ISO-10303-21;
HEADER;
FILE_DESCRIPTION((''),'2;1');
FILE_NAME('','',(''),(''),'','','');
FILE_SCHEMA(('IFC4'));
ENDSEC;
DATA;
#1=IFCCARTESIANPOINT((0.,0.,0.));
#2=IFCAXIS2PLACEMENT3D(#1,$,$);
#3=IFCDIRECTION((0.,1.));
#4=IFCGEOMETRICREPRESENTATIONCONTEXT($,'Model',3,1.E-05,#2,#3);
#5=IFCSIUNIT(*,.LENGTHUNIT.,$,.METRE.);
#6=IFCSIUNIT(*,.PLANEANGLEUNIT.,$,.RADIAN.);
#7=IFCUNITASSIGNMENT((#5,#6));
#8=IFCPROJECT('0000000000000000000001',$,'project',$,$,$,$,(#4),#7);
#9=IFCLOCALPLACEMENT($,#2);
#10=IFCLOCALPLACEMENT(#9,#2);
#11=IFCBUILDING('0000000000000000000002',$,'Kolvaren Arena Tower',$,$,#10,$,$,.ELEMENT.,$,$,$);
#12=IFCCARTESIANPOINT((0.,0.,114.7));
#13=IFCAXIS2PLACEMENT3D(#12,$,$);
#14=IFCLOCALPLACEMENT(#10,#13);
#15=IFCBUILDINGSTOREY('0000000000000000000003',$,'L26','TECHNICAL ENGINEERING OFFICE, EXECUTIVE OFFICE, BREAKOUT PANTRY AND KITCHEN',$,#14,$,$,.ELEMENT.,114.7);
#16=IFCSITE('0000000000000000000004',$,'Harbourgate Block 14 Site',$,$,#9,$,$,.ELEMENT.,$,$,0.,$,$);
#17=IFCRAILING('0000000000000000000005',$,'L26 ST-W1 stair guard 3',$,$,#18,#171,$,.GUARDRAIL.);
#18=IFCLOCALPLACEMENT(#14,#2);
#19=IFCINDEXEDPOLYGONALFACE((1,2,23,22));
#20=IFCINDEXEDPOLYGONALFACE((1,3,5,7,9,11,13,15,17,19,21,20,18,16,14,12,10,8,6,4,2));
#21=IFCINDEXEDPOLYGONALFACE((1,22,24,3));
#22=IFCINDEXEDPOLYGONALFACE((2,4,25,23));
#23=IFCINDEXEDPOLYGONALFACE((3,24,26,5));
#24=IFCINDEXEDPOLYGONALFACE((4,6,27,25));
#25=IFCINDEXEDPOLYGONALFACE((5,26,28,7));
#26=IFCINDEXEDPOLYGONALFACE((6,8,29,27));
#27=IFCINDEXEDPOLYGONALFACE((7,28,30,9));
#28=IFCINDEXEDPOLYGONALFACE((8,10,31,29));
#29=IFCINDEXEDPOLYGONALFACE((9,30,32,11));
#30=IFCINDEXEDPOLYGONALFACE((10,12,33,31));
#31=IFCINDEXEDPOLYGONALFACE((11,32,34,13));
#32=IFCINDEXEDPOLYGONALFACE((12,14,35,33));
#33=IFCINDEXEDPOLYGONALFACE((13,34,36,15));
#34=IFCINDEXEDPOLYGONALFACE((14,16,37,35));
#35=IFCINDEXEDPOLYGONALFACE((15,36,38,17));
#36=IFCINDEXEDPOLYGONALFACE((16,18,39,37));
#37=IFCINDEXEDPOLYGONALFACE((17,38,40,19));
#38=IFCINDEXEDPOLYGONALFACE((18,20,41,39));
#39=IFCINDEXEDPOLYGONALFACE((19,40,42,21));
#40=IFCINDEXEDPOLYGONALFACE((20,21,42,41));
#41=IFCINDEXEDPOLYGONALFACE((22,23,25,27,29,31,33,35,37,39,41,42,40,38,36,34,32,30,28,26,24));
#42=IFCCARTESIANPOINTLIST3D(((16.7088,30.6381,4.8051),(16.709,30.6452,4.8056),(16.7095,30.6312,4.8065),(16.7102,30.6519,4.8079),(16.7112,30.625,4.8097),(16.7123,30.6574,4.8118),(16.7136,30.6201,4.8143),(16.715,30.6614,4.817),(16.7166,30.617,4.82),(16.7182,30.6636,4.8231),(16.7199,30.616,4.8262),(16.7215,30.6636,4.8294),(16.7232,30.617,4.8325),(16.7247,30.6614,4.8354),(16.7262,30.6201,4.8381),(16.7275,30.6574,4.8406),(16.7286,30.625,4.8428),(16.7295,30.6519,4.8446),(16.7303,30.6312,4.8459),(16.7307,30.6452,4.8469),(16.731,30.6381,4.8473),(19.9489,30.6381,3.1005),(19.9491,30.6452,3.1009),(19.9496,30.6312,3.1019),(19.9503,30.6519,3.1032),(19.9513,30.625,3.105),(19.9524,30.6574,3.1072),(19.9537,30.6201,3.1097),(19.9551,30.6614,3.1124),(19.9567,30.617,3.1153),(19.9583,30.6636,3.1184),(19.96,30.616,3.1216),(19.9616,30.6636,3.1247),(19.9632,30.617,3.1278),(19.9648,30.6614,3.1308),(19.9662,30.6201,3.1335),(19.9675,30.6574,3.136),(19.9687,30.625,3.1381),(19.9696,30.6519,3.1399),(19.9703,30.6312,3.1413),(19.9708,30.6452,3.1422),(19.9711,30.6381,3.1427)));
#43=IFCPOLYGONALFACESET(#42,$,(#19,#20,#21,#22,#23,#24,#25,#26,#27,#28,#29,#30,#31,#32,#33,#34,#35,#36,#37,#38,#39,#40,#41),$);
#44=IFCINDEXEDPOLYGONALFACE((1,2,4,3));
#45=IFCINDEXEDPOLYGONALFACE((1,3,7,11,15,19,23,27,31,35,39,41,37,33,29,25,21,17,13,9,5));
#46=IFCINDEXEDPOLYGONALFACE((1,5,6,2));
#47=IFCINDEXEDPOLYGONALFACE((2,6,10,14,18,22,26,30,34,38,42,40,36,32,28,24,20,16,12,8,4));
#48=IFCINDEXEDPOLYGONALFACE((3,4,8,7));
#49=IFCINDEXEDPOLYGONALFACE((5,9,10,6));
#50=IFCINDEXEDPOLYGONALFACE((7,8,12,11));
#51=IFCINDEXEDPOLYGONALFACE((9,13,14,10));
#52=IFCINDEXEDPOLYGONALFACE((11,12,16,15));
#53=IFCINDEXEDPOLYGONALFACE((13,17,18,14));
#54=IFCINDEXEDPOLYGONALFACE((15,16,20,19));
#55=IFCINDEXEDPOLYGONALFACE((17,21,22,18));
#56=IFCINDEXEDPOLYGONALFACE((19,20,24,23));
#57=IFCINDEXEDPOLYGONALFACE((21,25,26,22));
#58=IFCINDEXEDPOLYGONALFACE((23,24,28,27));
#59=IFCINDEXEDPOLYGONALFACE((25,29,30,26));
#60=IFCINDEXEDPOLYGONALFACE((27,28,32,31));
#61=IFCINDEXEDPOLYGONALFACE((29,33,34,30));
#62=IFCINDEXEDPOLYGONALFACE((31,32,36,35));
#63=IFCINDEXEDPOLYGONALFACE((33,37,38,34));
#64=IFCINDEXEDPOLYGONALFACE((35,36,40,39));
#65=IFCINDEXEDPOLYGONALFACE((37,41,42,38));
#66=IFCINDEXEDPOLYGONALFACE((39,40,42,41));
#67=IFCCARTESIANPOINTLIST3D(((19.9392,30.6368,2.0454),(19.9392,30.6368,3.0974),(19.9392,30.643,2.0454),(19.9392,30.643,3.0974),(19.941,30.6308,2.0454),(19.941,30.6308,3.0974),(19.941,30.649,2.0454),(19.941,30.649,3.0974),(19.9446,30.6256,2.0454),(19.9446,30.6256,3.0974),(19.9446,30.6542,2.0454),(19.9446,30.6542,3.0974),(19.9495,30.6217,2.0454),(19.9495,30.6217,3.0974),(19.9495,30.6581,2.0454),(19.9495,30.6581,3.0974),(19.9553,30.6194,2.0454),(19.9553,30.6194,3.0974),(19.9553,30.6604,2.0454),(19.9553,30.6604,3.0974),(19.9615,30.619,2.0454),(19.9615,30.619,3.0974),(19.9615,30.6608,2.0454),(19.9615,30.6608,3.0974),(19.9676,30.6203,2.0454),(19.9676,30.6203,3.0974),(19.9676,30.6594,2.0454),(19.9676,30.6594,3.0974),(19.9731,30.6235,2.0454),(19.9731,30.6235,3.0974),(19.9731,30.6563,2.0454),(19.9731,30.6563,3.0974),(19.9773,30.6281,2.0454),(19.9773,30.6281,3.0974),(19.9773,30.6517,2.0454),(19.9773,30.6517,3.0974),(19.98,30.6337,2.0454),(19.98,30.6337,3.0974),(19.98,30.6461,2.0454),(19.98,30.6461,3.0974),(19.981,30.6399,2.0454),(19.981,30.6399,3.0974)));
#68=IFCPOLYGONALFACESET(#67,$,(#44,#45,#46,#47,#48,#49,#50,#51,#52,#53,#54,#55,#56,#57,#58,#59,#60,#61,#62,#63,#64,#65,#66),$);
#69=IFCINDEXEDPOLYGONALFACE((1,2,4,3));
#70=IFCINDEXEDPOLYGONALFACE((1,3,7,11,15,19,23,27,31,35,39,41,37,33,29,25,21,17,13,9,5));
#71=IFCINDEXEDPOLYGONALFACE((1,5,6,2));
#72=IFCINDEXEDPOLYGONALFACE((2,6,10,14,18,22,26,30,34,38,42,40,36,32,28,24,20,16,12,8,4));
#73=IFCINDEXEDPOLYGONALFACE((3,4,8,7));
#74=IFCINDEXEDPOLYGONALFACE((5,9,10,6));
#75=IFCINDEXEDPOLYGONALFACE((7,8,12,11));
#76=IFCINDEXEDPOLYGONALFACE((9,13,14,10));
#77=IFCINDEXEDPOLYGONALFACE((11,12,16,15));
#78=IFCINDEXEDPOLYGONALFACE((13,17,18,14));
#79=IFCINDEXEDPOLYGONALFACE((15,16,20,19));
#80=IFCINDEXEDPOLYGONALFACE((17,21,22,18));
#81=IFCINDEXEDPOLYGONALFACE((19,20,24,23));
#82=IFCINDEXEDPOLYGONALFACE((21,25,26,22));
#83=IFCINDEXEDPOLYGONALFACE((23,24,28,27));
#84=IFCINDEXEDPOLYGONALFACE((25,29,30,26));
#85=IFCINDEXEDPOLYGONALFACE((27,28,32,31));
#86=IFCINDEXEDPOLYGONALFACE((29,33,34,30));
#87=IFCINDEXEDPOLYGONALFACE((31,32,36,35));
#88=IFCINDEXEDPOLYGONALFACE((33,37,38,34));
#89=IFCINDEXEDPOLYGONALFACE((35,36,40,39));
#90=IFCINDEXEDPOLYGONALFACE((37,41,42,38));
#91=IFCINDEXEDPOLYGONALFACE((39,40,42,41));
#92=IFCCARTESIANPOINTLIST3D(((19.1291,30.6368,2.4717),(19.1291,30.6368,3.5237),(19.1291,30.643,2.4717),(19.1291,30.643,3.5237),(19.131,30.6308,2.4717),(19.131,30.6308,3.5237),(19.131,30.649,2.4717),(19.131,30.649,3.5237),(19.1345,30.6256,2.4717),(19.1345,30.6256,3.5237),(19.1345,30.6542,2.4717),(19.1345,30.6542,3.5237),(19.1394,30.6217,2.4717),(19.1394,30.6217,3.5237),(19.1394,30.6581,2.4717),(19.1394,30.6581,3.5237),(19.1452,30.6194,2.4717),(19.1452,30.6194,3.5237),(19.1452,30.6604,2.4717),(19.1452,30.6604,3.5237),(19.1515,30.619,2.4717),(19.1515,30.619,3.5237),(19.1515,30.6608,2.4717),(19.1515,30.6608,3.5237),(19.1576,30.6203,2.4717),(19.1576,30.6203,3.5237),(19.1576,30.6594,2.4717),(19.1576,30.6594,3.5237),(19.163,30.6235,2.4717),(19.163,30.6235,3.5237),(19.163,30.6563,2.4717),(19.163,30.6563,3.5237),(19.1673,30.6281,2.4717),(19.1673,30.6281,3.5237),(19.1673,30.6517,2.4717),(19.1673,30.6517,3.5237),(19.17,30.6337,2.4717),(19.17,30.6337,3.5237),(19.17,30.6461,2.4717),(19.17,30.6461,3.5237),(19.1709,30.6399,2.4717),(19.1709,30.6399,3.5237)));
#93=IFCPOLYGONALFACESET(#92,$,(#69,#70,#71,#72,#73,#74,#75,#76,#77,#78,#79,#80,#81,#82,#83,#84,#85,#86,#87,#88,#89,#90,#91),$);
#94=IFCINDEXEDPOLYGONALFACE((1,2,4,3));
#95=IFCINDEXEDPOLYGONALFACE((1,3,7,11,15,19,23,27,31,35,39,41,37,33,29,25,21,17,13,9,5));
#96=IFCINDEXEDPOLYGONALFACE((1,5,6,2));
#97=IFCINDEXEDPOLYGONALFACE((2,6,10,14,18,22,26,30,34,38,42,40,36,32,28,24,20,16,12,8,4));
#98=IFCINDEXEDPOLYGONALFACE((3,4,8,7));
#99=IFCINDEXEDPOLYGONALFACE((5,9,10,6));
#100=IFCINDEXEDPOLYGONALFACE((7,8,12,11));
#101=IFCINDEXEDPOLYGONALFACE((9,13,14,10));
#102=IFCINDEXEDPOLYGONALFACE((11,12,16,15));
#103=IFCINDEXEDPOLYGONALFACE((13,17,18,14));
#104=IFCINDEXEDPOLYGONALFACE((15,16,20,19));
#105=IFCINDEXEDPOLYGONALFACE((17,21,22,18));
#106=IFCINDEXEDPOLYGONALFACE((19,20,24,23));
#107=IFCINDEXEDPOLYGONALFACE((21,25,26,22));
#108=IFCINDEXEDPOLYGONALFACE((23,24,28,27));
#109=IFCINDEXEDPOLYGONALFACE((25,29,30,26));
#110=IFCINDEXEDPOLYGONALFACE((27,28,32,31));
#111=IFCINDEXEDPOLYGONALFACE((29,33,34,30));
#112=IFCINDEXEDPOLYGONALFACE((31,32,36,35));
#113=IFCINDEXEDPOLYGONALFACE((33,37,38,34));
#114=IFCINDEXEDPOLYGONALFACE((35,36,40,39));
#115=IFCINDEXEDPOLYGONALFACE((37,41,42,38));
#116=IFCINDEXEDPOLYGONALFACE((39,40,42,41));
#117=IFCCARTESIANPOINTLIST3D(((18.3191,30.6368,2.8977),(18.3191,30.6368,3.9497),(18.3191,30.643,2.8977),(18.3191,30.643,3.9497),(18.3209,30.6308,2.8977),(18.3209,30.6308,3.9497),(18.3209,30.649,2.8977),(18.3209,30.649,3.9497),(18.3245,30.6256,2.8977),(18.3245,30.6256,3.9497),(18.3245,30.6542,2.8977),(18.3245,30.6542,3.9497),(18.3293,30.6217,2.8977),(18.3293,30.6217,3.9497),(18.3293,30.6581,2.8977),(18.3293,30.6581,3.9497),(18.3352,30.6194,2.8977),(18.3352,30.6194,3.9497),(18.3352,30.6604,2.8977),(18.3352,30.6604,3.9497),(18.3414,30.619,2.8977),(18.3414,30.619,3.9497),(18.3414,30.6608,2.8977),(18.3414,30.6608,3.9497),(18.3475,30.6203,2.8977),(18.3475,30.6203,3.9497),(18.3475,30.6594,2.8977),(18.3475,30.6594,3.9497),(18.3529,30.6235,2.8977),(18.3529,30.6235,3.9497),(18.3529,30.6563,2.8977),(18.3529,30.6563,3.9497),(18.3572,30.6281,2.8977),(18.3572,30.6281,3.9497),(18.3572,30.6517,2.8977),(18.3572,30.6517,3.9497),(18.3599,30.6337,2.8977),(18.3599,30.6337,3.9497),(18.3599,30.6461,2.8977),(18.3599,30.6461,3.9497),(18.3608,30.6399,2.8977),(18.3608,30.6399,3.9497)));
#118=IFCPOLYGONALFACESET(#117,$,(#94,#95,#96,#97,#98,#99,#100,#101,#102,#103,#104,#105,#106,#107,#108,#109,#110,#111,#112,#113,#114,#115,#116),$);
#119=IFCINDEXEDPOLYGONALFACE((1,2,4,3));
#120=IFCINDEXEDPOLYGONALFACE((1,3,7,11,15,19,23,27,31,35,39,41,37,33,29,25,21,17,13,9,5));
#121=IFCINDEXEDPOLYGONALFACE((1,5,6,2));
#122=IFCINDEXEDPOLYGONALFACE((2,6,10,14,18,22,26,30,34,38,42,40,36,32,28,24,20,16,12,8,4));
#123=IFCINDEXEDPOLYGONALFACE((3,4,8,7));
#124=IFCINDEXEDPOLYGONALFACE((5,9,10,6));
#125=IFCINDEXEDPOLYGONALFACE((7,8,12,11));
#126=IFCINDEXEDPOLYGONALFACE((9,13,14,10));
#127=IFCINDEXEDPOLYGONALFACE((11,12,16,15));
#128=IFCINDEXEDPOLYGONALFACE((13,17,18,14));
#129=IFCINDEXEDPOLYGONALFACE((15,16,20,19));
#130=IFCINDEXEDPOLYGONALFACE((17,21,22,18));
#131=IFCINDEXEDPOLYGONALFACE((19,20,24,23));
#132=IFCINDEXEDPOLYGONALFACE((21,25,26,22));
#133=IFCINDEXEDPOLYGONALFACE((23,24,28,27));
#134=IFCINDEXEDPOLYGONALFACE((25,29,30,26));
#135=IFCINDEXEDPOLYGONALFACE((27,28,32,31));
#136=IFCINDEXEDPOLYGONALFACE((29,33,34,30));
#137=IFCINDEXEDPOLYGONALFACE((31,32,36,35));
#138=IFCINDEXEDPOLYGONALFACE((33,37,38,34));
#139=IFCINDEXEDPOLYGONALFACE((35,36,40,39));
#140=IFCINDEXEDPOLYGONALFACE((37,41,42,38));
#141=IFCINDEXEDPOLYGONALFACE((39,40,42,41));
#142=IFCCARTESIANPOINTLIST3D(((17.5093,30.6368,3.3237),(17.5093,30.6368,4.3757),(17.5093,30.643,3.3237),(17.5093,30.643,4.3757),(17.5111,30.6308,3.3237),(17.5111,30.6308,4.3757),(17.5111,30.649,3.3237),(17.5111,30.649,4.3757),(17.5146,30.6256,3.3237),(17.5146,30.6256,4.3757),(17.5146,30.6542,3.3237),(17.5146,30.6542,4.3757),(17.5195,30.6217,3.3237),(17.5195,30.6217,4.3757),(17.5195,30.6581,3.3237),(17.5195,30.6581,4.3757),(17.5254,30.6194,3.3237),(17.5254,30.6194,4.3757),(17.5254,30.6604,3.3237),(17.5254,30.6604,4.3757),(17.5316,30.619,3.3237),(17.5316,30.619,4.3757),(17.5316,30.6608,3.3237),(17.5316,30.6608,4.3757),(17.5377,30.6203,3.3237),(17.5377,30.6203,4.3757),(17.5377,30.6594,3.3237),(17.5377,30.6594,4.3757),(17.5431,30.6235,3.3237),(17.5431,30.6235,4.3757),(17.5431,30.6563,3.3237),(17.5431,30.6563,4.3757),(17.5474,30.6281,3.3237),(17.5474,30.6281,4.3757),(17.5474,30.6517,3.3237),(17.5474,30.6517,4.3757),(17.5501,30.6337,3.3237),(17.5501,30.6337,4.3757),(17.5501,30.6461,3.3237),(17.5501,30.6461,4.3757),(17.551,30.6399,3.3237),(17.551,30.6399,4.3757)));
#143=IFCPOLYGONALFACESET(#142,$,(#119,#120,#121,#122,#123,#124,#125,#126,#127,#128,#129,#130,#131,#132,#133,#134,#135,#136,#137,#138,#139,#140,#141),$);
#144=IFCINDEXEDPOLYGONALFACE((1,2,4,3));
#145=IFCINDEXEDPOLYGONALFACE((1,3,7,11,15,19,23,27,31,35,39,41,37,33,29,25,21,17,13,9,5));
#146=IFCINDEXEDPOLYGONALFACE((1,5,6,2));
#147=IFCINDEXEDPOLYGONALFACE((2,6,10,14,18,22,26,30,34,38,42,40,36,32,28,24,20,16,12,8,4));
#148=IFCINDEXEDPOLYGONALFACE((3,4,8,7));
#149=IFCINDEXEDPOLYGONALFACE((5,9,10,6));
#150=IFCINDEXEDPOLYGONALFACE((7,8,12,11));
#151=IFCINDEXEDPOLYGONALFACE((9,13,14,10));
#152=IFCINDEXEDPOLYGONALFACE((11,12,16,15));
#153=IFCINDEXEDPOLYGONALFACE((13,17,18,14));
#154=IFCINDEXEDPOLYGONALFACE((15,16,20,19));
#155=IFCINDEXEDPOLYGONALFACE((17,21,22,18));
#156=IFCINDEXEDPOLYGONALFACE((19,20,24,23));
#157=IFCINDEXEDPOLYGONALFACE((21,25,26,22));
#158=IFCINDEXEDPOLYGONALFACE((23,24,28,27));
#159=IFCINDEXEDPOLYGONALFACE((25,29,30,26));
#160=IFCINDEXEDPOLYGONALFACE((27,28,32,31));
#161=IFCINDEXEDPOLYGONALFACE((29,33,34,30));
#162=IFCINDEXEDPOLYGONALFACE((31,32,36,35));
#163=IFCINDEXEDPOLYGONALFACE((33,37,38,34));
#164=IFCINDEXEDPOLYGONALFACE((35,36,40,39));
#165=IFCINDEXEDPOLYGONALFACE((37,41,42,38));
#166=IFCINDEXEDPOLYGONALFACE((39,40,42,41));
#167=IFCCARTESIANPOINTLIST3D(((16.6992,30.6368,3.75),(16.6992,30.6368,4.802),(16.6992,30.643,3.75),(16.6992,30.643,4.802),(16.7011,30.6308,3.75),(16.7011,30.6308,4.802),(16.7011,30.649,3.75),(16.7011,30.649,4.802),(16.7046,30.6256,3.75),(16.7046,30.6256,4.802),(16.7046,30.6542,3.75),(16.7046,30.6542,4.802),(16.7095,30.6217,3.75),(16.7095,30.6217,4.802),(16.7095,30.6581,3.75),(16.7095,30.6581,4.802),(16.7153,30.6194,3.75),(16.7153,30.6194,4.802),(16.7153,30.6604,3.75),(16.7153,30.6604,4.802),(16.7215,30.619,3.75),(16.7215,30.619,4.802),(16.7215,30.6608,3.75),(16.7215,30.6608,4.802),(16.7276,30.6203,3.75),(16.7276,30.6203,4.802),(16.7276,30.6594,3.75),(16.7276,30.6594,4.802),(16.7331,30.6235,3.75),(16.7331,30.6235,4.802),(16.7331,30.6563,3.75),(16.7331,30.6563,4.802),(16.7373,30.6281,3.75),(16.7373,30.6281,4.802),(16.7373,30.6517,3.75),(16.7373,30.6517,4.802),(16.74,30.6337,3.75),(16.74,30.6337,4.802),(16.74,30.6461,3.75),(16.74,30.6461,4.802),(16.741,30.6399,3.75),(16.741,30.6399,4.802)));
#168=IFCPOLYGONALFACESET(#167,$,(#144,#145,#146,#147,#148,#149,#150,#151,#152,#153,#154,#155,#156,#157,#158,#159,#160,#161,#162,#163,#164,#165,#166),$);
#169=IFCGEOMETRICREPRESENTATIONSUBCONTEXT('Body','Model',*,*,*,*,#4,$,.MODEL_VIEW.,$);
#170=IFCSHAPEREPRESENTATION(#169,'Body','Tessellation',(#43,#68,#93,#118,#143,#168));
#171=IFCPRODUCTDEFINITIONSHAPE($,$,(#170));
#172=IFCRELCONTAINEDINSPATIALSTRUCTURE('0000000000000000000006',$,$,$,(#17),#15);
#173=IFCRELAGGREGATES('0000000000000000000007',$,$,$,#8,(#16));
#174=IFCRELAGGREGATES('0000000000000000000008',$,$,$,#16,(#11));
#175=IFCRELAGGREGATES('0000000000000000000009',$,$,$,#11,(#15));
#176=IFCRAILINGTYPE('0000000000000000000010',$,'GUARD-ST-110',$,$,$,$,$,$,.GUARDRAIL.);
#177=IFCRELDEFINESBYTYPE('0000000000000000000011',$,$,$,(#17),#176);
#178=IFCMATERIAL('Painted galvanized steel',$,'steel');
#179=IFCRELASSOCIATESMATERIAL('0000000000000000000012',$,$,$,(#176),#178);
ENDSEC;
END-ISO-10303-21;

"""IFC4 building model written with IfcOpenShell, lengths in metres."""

from ifc_helpers import new_model, si_unit, direction, frame, origin, origin_2d, place, context, subcontext, project, spatial, circle, extrude, material, type_object, element, save


model = new_model("IFC4")

# Units and contexts
model_context = context("Model", 3, precision=1e-05, world=origin(), true_north=direction((0.0, 1.0)))
body_context = subcontext(model_context, "Body", "Model", "MODEL_VIEW")
ifc_project = project(units=[si_unit("LENGTHUNIT", "METRE"), si_unit("PLANEANGLEUNIT", "RADIAN")], contexts=[model_context])

# Site, building, storey
site_placement = place(None, origin())
site = spatial("IfcSite", under=ifc_project, at=site_placement, Name="Harbourgate Block 14 Site", CompositionType="ELEMENT", RefElevation=0.0)
building_placement = place(site_placement, origin())
building = spatial("IfcBuilding", under=site, at=building_placement, Name="Kolvaren Arena Tower", CompositionType="ELEMENT")
storey_placement = place(building_placement, frame((0.0, 0.0, 114.7)))
storey = spatial("IfcBuildingStorey", under=building, at=storey_placement, Name="L26", Description="TECHNICAL ENGINEERING OFFICE, EXECUTIVE OFFICE, BREAKOUT PANTRY AND KITCHEN", CompositionType="ELEMENT", Elevation=114.7)

# Railing
ifc_material_1 = material(Name="Painted galvanized steel", Category="steel")
railing_type_1 = type_object("IfcRailingType", Name="GUARD-ST-110", PredefinedType="GUARDRAIL", material=ifc_material_1)
railing_1_placement = place(storey_placement, frame((19.96, 30.6399, 2.0454)))
element("IfcRailing", 1, at=railing_1_placement, inside=storey, type_object=railing_type_1, Name="L26 ST-W1 stair guard 3", PredefinedType="GUARDRAIL", context=body_context, shape_type="SweptSolid", body=[
    extrude(circle(Radius=0.0239, at=origin_2d()), frame((0.0, 0.0, 1.0762), z_axis=(-0.884993, 0.0, 0.465604), x_axis=(0.0, -1.0, 0.0)), (0.0, 0.0, 1.0), 3.6611),
    extrude(circle(Radius=0.021, at=origin_2d()), origin(), (0.0, 0.0, 1.0), 1.052),
    extrude(circle(Radius=0.021, at=origin_2d()), frame((-0.8101, 0.0, 0.4263)), (0.0, 0.0, 1.0), 1.052),
    extrude(circle(Radius=0.021, at=origin_2d()), frame((-1.6201, 0.0, 0.8523)), (0.0, 0.0, 1.0), 1.052),
    extrude(circle(Radius=0.021, at=origin_2d()), frame((-2.4299, 0.0, 1.2783)), (0.0, 0.0, 1.0), 1.052),
    extrude(circle(Radius=0.021, at=origin_2d()), frame((-3.24, 0.0, 1.7046)), (0.0, 0.0, 1.0), 1.052),
])

save(model, "model.ifc")
